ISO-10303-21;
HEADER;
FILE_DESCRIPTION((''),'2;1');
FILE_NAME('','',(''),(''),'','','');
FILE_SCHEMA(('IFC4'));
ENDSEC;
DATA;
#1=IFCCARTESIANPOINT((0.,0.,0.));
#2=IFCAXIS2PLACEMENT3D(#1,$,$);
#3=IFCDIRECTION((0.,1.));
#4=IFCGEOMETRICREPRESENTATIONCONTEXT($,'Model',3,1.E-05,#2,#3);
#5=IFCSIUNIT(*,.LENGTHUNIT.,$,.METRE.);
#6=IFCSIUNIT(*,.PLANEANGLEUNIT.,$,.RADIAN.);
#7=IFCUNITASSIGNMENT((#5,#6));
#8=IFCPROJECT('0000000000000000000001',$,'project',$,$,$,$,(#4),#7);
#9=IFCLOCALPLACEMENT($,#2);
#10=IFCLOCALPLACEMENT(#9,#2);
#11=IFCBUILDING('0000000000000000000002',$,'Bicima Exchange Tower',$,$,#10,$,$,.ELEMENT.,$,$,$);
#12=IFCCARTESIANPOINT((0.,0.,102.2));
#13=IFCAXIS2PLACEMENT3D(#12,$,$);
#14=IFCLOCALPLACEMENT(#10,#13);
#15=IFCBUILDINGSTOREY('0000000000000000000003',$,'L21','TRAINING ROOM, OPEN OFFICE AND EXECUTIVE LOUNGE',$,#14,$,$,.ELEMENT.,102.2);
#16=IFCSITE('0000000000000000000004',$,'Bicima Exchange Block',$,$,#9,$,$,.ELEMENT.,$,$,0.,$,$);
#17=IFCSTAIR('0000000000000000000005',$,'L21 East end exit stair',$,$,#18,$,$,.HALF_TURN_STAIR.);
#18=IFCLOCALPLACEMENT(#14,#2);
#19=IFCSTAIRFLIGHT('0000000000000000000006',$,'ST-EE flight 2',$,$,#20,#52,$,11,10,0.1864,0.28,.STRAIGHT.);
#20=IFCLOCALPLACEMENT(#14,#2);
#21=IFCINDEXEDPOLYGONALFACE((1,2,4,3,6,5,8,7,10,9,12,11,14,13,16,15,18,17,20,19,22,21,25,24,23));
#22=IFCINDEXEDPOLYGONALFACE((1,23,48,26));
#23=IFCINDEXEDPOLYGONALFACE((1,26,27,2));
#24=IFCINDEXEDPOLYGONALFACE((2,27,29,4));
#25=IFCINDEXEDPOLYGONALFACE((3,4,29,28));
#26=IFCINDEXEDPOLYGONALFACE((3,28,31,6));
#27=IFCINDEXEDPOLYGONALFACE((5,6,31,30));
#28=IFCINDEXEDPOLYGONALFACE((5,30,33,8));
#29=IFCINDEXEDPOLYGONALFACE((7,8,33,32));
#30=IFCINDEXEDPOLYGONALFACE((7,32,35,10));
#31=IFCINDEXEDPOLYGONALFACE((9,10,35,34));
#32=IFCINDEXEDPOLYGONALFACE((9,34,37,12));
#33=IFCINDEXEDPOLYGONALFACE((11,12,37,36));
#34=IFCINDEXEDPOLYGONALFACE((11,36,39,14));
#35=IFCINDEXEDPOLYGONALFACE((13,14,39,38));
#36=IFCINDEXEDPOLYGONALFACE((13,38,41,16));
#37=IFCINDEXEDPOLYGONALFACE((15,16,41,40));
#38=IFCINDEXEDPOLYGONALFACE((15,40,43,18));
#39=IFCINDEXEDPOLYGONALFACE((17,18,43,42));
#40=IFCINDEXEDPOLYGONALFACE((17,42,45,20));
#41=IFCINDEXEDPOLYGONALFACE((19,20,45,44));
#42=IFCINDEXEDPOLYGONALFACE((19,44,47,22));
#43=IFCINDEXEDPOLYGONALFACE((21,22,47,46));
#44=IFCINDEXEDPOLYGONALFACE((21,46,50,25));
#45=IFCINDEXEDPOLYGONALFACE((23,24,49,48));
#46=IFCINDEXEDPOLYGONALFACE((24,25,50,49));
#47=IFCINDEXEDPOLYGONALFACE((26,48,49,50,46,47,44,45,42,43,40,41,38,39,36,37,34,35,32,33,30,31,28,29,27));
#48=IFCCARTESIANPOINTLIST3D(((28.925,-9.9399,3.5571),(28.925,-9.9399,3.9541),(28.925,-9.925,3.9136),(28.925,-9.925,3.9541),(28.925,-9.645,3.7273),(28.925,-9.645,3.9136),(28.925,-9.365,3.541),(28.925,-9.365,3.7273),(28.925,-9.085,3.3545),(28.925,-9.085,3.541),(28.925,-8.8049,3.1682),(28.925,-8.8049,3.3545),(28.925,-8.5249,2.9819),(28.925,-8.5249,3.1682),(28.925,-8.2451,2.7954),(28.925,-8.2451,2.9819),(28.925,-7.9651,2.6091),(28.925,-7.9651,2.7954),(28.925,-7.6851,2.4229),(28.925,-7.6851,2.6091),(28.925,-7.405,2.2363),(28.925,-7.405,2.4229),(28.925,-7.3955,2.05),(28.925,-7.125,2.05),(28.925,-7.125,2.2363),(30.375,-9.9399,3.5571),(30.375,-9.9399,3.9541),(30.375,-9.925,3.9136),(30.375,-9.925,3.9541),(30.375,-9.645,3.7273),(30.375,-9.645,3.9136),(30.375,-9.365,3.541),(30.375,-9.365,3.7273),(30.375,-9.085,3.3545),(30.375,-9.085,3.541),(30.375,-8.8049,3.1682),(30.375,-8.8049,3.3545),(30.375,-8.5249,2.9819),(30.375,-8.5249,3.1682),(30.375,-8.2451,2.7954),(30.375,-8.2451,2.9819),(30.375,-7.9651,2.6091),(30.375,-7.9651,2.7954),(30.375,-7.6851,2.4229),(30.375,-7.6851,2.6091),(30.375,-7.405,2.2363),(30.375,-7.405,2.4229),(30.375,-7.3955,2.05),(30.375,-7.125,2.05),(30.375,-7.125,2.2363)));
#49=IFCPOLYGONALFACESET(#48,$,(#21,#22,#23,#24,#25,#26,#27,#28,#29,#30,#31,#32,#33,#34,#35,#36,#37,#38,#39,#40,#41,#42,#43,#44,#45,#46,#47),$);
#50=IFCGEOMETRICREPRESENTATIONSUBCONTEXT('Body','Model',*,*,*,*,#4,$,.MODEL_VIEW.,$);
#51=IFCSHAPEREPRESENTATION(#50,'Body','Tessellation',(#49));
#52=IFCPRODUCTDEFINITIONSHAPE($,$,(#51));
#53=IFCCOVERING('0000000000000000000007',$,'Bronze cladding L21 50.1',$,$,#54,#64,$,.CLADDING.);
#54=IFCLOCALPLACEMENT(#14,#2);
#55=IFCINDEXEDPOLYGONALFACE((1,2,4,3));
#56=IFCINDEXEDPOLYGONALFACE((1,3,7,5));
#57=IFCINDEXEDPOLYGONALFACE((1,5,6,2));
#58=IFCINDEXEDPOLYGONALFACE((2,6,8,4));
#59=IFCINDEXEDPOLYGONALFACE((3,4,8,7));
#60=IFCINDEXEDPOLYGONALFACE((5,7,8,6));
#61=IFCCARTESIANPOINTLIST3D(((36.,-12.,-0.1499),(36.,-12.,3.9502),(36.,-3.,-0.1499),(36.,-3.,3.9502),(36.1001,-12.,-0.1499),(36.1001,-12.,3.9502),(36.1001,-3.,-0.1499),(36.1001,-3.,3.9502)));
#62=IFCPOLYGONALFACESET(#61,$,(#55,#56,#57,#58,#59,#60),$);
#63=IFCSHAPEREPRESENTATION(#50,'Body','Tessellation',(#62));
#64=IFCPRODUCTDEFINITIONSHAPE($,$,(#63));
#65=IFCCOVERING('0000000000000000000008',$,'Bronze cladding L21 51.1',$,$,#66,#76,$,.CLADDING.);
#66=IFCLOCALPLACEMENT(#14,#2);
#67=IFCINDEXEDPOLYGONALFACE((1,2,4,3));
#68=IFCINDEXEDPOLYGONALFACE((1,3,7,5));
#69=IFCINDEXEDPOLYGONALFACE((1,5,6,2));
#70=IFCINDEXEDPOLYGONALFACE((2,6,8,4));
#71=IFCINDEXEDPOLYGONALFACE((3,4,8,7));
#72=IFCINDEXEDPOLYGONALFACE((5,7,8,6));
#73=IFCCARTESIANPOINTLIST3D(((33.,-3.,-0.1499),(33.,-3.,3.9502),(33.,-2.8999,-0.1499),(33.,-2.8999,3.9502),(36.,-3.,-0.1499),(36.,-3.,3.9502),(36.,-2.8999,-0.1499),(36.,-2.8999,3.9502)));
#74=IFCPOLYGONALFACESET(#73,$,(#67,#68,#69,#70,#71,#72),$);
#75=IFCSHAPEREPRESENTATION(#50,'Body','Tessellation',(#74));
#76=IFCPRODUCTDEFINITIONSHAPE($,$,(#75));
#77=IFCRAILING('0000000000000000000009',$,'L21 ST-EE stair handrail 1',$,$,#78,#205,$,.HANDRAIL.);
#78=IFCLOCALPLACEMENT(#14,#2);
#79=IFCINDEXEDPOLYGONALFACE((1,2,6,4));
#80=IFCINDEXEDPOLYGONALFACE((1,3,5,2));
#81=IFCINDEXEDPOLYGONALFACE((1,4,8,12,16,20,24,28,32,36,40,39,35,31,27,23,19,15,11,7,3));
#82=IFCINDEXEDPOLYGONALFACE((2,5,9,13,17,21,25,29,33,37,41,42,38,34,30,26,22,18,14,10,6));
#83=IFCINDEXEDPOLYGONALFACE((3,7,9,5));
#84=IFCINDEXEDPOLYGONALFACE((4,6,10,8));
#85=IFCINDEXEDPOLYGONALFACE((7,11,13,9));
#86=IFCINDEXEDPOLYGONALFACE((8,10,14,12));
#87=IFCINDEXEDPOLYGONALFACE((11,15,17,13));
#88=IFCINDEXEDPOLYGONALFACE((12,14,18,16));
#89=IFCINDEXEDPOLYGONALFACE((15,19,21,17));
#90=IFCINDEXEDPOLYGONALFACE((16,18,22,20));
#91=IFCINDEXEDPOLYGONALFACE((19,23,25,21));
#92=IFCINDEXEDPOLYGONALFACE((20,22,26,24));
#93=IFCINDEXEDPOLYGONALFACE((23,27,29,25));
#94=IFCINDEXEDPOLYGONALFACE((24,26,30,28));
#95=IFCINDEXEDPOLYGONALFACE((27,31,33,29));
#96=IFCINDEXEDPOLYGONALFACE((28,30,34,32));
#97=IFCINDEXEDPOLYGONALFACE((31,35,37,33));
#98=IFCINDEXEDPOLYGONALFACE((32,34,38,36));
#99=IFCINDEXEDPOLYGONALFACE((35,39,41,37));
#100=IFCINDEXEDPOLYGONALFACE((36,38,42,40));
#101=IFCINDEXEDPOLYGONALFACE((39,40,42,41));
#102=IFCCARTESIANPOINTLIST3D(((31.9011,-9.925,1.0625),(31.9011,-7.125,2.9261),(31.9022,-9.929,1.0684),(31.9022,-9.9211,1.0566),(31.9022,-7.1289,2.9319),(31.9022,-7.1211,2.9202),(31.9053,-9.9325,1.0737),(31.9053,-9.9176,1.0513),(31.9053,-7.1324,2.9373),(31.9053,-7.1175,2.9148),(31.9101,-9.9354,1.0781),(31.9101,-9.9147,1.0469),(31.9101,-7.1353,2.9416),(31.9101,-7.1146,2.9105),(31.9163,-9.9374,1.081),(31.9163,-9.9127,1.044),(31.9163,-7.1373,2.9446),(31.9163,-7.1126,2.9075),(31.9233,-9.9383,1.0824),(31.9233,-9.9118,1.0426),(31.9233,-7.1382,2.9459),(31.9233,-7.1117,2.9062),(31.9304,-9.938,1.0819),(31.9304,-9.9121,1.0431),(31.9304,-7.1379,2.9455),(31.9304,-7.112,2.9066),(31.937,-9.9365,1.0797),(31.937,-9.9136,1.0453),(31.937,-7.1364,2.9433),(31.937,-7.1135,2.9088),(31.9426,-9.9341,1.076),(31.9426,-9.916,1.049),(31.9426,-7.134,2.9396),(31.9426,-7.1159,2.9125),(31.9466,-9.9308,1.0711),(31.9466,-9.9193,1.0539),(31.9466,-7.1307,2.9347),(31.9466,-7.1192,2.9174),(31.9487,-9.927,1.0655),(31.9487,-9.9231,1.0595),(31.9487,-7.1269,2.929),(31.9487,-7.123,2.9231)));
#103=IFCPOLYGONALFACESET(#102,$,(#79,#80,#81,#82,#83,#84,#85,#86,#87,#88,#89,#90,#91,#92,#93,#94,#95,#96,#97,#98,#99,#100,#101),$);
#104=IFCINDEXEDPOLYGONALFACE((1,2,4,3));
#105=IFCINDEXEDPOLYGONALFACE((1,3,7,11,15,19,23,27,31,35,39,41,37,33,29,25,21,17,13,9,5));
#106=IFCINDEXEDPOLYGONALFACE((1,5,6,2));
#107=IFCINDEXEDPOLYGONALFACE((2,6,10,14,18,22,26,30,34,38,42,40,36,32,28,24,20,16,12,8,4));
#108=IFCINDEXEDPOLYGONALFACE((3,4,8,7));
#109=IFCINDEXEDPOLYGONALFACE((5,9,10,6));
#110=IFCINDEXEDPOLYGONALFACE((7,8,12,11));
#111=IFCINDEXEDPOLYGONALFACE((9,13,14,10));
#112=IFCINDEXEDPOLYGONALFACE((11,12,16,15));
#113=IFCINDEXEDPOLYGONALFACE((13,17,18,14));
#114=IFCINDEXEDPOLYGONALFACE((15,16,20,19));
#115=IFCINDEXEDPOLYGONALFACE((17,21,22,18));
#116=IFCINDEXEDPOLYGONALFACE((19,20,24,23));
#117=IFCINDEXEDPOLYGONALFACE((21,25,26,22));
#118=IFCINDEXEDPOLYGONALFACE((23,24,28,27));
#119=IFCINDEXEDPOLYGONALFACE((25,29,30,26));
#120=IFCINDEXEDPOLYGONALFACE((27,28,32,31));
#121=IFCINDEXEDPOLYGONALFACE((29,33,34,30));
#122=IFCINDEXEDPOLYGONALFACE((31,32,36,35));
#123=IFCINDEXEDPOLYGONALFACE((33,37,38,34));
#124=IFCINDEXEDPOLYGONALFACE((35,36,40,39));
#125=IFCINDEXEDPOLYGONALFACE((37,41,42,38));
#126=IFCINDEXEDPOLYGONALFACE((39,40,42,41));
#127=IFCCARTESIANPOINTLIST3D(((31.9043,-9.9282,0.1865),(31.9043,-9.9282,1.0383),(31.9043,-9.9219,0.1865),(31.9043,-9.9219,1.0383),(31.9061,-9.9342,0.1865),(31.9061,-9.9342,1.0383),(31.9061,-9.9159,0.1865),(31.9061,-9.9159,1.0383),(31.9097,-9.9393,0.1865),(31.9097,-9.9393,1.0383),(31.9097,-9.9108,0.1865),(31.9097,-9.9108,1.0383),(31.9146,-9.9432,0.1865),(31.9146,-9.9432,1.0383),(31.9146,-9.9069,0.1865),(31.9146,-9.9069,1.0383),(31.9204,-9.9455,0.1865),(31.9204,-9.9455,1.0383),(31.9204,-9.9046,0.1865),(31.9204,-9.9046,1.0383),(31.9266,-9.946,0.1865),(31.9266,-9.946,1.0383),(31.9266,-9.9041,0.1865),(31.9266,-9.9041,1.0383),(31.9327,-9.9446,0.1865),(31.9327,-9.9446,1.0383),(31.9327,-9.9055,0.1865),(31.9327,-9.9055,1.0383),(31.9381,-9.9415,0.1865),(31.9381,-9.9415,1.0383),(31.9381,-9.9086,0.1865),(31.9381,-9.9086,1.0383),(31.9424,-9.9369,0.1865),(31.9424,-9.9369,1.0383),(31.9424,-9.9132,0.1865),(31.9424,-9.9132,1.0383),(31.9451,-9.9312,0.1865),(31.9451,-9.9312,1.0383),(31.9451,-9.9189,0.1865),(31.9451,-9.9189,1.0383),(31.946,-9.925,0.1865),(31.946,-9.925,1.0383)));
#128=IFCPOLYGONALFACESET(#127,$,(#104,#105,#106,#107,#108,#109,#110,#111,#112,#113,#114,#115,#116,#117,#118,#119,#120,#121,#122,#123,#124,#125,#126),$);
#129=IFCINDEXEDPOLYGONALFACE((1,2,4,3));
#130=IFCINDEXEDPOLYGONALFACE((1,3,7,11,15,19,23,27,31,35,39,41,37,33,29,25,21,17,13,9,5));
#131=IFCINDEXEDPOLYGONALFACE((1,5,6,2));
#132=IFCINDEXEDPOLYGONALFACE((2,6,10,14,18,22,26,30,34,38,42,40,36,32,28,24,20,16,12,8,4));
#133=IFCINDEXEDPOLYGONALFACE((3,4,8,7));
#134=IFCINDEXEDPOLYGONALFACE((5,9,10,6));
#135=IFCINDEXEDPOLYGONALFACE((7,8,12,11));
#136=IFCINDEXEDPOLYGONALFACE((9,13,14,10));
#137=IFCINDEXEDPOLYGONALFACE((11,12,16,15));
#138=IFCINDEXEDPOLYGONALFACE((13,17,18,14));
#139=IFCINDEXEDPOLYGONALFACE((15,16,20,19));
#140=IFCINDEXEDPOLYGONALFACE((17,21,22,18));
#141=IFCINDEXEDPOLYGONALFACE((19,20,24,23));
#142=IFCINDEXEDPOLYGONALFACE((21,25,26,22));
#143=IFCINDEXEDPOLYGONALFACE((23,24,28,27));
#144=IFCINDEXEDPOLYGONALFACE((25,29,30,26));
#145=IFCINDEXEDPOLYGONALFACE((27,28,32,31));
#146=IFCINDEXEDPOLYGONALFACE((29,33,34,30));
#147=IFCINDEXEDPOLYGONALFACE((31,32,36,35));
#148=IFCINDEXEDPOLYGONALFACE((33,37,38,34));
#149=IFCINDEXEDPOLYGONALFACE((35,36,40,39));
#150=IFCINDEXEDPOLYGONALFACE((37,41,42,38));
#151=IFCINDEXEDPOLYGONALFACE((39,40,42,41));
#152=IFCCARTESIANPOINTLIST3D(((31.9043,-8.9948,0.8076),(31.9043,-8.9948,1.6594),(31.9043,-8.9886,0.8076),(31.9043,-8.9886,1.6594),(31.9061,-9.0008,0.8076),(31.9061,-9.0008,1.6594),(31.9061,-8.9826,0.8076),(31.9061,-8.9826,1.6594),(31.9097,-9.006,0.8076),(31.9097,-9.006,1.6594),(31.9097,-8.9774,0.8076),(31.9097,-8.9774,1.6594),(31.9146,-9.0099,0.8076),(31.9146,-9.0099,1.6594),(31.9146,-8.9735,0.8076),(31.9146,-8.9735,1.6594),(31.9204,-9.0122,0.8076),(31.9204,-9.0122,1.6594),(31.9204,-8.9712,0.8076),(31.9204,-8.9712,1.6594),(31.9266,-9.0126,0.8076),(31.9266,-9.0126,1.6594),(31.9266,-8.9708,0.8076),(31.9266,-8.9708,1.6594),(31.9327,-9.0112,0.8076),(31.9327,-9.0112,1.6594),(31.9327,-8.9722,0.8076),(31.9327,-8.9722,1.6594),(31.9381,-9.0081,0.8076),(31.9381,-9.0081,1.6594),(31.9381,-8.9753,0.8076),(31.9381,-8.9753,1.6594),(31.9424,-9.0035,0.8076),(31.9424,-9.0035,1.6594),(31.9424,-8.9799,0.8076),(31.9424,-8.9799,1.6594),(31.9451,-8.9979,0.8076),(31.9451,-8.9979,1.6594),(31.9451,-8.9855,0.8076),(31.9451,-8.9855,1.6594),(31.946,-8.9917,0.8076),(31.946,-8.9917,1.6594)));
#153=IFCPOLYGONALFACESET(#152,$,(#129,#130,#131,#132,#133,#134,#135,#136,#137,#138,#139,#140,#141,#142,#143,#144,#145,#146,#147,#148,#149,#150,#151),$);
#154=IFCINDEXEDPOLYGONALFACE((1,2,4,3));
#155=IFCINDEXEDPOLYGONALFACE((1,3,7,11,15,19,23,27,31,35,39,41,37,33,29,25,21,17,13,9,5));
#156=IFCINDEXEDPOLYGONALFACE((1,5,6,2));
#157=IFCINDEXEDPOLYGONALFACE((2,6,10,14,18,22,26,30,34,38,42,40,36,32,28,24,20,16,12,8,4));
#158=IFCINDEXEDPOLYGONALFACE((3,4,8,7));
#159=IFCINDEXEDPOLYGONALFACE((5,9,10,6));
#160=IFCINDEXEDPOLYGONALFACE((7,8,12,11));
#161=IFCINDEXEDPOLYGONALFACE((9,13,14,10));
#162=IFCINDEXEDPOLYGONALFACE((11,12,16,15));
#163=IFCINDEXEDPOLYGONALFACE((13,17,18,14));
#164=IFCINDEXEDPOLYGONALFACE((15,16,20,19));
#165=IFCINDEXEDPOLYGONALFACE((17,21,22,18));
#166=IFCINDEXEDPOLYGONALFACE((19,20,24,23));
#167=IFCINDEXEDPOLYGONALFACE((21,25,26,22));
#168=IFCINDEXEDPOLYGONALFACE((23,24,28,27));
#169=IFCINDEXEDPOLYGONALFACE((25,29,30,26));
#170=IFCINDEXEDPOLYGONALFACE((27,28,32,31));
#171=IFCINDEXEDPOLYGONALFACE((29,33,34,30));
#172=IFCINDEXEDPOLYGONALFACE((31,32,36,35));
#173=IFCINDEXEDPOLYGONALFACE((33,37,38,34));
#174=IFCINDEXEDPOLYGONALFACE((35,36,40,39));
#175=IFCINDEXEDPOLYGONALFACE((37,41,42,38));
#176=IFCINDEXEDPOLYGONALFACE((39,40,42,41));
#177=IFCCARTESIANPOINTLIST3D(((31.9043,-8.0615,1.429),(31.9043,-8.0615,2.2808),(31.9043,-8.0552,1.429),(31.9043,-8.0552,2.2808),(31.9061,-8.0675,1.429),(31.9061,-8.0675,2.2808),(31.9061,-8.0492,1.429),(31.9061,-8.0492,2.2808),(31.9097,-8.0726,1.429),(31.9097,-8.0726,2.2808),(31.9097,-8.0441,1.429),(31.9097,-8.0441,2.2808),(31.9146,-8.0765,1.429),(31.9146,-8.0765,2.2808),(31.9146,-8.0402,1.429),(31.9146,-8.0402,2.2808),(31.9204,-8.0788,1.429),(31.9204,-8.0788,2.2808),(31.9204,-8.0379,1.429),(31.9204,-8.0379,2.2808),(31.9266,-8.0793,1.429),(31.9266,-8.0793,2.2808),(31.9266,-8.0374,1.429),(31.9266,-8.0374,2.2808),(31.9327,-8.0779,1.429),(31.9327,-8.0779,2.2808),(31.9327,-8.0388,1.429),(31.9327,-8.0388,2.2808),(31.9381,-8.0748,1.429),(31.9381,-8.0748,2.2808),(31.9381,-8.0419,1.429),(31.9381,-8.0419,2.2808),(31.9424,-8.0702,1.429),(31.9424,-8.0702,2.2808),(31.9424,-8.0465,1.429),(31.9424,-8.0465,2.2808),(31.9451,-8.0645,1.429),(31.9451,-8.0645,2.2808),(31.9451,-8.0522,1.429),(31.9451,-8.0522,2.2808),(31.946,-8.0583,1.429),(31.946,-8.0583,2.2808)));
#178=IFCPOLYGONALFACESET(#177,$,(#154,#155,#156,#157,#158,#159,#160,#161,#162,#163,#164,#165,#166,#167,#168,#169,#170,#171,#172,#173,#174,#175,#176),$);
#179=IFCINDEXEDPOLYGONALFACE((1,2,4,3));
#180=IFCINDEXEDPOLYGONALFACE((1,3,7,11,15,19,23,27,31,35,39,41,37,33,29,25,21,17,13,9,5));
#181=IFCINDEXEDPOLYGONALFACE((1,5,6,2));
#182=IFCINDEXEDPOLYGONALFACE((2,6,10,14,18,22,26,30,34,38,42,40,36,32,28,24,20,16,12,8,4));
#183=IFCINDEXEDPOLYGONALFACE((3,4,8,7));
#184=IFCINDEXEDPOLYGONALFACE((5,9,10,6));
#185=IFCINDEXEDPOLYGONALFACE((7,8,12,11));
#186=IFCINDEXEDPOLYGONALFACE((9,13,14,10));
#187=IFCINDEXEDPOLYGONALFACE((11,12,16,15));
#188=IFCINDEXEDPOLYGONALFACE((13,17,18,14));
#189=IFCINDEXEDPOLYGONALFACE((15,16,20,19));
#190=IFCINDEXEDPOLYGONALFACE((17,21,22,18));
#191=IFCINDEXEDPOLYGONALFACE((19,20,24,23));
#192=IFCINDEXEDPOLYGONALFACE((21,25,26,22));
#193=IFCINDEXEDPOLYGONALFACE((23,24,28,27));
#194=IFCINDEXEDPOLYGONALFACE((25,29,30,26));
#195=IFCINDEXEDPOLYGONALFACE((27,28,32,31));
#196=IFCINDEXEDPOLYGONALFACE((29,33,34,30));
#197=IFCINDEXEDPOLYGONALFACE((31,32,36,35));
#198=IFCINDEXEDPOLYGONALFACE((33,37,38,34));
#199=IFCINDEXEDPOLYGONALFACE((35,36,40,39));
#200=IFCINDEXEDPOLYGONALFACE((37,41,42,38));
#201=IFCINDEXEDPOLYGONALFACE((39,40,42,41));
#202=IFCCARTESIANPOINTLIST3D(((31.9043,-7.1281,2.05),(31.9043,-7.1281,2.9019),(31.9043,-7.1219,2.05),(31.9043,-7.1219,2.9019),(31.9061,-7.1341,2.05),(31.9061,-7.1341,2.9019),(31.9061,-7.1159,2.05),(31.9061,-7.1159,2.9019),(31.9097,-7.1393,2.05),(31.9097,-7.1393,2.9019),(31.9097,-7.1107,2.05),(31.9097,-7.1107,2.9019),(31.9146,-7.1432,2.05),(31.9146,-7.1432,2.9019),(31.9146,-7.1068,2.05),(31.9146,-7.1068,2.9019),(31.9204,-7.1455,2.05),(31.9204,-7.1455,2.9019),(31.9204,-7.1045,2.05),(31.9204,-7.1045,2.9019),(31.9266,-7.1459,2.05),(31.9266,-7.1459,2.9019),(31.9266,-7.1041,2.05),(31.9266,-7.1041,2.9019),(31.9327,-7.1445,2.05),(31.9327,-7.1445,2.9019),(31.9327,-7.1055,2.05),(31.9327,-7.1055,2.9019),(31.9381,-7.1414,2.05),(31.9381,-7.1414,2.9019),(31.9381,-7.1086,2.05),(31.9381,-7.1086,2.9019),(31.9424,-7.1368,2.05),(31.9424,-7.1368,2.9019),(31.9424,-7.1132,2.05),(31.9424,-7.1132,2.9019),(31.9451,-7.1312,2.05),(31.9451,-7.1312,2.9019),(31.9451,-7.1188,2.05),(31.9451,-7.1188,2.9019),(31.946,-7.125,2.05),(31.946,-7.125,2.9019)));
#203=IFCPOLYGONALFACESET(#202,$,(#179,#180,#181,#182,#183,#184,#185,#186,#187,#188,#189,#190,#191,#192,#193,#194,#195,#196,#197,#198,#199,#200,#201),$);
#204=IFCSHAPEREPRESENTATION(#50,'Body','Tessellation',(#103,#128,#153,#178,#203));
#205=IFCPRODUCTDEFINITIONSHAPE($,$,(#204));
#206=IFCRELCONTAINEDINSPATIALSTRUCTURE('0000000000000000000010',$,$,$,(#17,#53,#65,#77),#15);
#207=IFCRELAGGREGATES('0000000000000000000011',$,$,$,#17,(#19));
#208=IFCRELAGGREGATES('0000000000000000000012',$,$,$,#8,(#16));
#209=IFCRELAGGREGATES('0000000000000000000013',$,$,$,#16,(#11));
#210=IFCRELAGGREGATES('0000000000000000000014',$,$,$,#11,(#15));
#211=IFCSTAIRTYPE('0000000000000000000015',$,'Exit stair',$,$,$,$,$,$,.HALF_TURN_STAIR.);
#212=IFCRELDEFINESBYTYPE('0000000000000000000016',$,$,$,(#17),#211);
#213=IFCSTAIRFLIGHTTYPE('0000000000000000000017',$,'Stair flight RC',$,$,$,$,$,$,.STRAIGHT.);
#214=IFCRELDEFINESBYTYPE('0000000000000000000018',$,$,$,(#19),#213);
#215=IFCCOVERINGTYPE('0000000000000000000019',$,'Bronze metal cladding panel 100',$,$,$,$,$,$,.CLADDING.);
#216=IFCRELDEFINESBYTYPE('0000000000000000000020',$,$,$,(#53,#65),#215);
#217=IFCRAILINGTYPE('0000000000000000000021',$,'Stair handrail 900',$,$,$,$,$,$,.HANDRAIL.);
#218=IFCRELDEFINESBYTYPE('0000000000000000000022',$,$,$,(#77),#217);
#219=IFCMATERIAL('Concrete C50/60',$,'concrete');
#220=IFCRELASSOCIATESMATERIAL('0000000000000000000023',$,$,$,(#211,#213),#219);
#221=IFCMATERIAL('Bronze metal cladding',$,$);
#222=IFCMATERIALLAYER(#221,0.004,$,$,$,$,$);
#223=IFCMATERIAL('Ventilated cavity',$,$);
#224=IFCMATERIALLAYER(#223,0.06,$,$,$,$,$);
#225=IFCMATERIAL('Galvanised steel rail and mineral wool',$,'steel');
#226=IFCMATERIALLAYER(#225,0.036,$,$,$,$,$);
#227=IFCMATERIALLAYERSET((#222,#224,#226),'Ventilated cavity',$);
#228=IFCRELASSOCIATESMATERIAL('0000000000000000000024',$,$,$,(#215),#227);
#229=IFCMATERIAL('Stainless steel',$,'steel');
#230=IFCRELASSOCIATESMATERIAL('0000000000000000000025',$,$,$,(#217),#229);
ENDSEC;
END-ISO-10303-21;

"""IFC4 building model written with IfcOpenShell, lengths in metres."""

from ifc_helpers import new_model, si_unit, direction, frame, origin, origin_2d, place, context, subcontext, project, spatial, polyline, rectangle, circle, outline, extrude, material, layer, layer_set, type_object, element, aggregate, save


model = new_model("IFC4")

# Units and contexts
model_context = context("Model", 3, precision=1e-05, world=origin(), true_north=direction((0.0, 1.0)))
body_context = subcontext(model_context, "Body", "Model", "MODEL_VIEW")
ifc_project = project(units=[si_unit("LENGTHUNIT", "METRE"), si_unit("PLANEANGLEUNIT", "RADIAN")], contexts=[model_context])

# Site, building, storey
site_placement = place(None, origin())
site = spatial("IfcSite", under=ifc_project, at=site_placement, Name="Bicima Exchange Block", CompositionType="ELEMENT", RefElevation=0.0)
building_placement = place(site_placement, origin())
building = spatial("IfcBuilding", under=site, at=building_placement, Name="Bicima Exchange Tower", CompositionType="ELEMENT")
storey_placement = place(building_placement, frame((0.0, 0.0, 102.2)))
storey = spatial("IfcBuildingStorey", under=building, at=storey_placement, Name="L21", Description="TRAINING ROOM, OPEN OFFICE AND EXECUTIVE LOUNGE", CompositionType="ELEMENT", Elevation=102.2)

# Shared definitions
ifc_material_1 = material(Name="Concrete C50/60", Category="concrete")

# Stair, stair flight
stair_type = type_object("IfcStairType", Name="Exit stair", PredefinedType="HALF_TURN_STAIR", material=ifc_material_1)
stair_placement = place(storey_placement, origin())
stair = element("IfcStair", 1, at=stair_placement, inside=storey, type_object=stair_type, Name="L21 East end exit stair", PredefinedType="HALF_TURN_STAIR")
stair_flight_type = type_object("IfcStairFlightType", Name="Stair flight RC", PredefinedType="STRAIGHT", material=ifc_material_1)
stair_flight_1_placement = place(storey_placement, frame((29.6499, -7.125, 2.05), z_axis=(0.0, 0.0, 1.0), x_axis=(0.0, -1.0, 0.0)))
stair_flight_1 = element("IfcStairFlight", 2, at=stair_flight_1_placement, type_object=stair_flight_type, Name="ST-EE flight 2", NumberOfRisers=11, NumberOfTreads=10, PredefinedType="STRAIGHT", RiserHeight=0.1864, TreadLength=0.28, context=body_context, shape_type="SweptSolid", body=[
    extrude(outline(polyline([(0.0, 0.0), (0.0, 0.1863), (0.28, 0.1863), (0.28, 0.3728), (0.5601, 0.3728), (0.5601, 0.5591), (0.8401, 0.5591), (0.8401, 0.7454), (1.1201, 0.7454), (1.1201, 0.9319), (1.3999, 0.9319), (1.3999, 1.1182), (1.6799, 1.1182), (1.6799, 1.3044), (1.96, 1.3044), (1.96, 1.491), (2.24, 1.491), (2.24, 1.6772), (2.52, 1.6772), (2.52, 1.8635), (2.8, 1.8635), (2.8, 1.9041), (2.8149, 1.9041), (2.8149, 1.5071), (0.2705, 0.0), (0.0, 0.0)])), frame((0.0, 0.7251, 0.0), z_axis=(0.0, -1.0, 0.0), x_axis=(1.0, 0.0, 0.0)), (0.0, 0.0, 1.0), 1.45),
])
aggregate(stair, [stair_flight_1])

# Coverings
ifc_material_2 = material(Name="Bronze metal cladding")
ifc_layer_1 = layer(ifc_material_2, 0.004)
ifc_material_3 = material(Name="Ventilated cavity")
ifc_layer_2 = layer(ifc_material_3, 0.06)
ifc_material_4 = material(Name="Galvanised steel rail and mineral wool", Category="steel")
ifc_layer_3 = layer(ifc_material_4, 0.036)
ifc_layer_set_1 = layer_set([ifc_layer_1, ifc_layer_2, ifc_layer_3], Name="Ventilated cavity")
covering_type = type_object("IfcCoveringType", Name="Bronze metal cladding panel 100", PredefinedType="CLADDING", material=ifc_layer_set_1)
covering_1_placement = place(storey_placement, frame((36.05, -7.5, -0.1499), z_axis=(0.0, 0.0, 1.0), x_axis=(0.0, 1.0, 0.0)))
element("IfcCovering", 3, at=covering_1_placement, inside=storey, type_object=covering_type, Name="Bronze cladding L21 50.1", PredefinedType="CLADDING", context=body_context, shape_type="SweptSolid", body=[
    extrude(rectangle(XDim=9.0, YDim=0.1001, at=origin_2d()), origin(), (0.0, 0.0, 1.0), 4.1001),
])
covering_2_placement = place(storey_placement, frame((34.5, -2.95, -0.1499), z_axis=(0.0, 0.0, 1.0), x_axis=(-1.0, 0.0, 0.0)))
element("IfcCovering", 4, at=covering_2_placement, inside=storey, type_object=covering_type, Name="Bronze cladding L21 51.1", PredefinedType="CLADDING", context=body_context, shape_type="SweptSolid", body=[
    extrude(rectangle(XDim=3.0, YDim=0.1001, at=origin_2d()), origin(), (0.0, 0.0, 1.0), 4.1001),
])

# Railing
ifc_material_5 = material(Name="Stainless steel", Category="steel")
railing_type_1 = type_object("IfcRailingType", Name="Stair handrail 900", PredefinedType="HANDRAIL", material=ifc_material_5)
railing_1_placement = place(storey_placement, frame((31.925, -9.925, 0.1865)))
element("IfcRailing", 5, at=railing_1_placement, inside=storey, type_object=railing_type_1, Name="L21 ST-EE stair handrail 1", PredefinedType="HANDRAIL", context=body_context, shape_type="SweptSolid", body=[
    extrude(circle(Radius=0.0239, at=origin_2d()), frame((0.0, 0.0, 0.876), z_axis=(0.0, 0.832486, 0.554047), x_axis=(-1.0, 0.0, 0.0)), (0.0, 0.0, 1.0), 3.3635),
    extrude(circle(Radius=0.021, at=origin_2d()), origin(), (0.0, 0.0, 1.0), 0.8518),
    extrude(circle(Radius=0.021, at=origin_2d()), frame((0.0, 0.9333, 0.6211)), (0.0, 0.0, 1.0), 0.8518),
    extrude(circle(Radius=0.021, at=origin_2d()), frame((0.0, 1.8667, 1.2424)), (0.0, 0.0, 1.0), 0.8518),
    extrude(circle(Radius=0.021, at=origin_2d()), frame((0.0, 2.8, 1.8635)), (0.0, 0.0, 1.0), 0.8518),
])

save(model, "model.ifc")
